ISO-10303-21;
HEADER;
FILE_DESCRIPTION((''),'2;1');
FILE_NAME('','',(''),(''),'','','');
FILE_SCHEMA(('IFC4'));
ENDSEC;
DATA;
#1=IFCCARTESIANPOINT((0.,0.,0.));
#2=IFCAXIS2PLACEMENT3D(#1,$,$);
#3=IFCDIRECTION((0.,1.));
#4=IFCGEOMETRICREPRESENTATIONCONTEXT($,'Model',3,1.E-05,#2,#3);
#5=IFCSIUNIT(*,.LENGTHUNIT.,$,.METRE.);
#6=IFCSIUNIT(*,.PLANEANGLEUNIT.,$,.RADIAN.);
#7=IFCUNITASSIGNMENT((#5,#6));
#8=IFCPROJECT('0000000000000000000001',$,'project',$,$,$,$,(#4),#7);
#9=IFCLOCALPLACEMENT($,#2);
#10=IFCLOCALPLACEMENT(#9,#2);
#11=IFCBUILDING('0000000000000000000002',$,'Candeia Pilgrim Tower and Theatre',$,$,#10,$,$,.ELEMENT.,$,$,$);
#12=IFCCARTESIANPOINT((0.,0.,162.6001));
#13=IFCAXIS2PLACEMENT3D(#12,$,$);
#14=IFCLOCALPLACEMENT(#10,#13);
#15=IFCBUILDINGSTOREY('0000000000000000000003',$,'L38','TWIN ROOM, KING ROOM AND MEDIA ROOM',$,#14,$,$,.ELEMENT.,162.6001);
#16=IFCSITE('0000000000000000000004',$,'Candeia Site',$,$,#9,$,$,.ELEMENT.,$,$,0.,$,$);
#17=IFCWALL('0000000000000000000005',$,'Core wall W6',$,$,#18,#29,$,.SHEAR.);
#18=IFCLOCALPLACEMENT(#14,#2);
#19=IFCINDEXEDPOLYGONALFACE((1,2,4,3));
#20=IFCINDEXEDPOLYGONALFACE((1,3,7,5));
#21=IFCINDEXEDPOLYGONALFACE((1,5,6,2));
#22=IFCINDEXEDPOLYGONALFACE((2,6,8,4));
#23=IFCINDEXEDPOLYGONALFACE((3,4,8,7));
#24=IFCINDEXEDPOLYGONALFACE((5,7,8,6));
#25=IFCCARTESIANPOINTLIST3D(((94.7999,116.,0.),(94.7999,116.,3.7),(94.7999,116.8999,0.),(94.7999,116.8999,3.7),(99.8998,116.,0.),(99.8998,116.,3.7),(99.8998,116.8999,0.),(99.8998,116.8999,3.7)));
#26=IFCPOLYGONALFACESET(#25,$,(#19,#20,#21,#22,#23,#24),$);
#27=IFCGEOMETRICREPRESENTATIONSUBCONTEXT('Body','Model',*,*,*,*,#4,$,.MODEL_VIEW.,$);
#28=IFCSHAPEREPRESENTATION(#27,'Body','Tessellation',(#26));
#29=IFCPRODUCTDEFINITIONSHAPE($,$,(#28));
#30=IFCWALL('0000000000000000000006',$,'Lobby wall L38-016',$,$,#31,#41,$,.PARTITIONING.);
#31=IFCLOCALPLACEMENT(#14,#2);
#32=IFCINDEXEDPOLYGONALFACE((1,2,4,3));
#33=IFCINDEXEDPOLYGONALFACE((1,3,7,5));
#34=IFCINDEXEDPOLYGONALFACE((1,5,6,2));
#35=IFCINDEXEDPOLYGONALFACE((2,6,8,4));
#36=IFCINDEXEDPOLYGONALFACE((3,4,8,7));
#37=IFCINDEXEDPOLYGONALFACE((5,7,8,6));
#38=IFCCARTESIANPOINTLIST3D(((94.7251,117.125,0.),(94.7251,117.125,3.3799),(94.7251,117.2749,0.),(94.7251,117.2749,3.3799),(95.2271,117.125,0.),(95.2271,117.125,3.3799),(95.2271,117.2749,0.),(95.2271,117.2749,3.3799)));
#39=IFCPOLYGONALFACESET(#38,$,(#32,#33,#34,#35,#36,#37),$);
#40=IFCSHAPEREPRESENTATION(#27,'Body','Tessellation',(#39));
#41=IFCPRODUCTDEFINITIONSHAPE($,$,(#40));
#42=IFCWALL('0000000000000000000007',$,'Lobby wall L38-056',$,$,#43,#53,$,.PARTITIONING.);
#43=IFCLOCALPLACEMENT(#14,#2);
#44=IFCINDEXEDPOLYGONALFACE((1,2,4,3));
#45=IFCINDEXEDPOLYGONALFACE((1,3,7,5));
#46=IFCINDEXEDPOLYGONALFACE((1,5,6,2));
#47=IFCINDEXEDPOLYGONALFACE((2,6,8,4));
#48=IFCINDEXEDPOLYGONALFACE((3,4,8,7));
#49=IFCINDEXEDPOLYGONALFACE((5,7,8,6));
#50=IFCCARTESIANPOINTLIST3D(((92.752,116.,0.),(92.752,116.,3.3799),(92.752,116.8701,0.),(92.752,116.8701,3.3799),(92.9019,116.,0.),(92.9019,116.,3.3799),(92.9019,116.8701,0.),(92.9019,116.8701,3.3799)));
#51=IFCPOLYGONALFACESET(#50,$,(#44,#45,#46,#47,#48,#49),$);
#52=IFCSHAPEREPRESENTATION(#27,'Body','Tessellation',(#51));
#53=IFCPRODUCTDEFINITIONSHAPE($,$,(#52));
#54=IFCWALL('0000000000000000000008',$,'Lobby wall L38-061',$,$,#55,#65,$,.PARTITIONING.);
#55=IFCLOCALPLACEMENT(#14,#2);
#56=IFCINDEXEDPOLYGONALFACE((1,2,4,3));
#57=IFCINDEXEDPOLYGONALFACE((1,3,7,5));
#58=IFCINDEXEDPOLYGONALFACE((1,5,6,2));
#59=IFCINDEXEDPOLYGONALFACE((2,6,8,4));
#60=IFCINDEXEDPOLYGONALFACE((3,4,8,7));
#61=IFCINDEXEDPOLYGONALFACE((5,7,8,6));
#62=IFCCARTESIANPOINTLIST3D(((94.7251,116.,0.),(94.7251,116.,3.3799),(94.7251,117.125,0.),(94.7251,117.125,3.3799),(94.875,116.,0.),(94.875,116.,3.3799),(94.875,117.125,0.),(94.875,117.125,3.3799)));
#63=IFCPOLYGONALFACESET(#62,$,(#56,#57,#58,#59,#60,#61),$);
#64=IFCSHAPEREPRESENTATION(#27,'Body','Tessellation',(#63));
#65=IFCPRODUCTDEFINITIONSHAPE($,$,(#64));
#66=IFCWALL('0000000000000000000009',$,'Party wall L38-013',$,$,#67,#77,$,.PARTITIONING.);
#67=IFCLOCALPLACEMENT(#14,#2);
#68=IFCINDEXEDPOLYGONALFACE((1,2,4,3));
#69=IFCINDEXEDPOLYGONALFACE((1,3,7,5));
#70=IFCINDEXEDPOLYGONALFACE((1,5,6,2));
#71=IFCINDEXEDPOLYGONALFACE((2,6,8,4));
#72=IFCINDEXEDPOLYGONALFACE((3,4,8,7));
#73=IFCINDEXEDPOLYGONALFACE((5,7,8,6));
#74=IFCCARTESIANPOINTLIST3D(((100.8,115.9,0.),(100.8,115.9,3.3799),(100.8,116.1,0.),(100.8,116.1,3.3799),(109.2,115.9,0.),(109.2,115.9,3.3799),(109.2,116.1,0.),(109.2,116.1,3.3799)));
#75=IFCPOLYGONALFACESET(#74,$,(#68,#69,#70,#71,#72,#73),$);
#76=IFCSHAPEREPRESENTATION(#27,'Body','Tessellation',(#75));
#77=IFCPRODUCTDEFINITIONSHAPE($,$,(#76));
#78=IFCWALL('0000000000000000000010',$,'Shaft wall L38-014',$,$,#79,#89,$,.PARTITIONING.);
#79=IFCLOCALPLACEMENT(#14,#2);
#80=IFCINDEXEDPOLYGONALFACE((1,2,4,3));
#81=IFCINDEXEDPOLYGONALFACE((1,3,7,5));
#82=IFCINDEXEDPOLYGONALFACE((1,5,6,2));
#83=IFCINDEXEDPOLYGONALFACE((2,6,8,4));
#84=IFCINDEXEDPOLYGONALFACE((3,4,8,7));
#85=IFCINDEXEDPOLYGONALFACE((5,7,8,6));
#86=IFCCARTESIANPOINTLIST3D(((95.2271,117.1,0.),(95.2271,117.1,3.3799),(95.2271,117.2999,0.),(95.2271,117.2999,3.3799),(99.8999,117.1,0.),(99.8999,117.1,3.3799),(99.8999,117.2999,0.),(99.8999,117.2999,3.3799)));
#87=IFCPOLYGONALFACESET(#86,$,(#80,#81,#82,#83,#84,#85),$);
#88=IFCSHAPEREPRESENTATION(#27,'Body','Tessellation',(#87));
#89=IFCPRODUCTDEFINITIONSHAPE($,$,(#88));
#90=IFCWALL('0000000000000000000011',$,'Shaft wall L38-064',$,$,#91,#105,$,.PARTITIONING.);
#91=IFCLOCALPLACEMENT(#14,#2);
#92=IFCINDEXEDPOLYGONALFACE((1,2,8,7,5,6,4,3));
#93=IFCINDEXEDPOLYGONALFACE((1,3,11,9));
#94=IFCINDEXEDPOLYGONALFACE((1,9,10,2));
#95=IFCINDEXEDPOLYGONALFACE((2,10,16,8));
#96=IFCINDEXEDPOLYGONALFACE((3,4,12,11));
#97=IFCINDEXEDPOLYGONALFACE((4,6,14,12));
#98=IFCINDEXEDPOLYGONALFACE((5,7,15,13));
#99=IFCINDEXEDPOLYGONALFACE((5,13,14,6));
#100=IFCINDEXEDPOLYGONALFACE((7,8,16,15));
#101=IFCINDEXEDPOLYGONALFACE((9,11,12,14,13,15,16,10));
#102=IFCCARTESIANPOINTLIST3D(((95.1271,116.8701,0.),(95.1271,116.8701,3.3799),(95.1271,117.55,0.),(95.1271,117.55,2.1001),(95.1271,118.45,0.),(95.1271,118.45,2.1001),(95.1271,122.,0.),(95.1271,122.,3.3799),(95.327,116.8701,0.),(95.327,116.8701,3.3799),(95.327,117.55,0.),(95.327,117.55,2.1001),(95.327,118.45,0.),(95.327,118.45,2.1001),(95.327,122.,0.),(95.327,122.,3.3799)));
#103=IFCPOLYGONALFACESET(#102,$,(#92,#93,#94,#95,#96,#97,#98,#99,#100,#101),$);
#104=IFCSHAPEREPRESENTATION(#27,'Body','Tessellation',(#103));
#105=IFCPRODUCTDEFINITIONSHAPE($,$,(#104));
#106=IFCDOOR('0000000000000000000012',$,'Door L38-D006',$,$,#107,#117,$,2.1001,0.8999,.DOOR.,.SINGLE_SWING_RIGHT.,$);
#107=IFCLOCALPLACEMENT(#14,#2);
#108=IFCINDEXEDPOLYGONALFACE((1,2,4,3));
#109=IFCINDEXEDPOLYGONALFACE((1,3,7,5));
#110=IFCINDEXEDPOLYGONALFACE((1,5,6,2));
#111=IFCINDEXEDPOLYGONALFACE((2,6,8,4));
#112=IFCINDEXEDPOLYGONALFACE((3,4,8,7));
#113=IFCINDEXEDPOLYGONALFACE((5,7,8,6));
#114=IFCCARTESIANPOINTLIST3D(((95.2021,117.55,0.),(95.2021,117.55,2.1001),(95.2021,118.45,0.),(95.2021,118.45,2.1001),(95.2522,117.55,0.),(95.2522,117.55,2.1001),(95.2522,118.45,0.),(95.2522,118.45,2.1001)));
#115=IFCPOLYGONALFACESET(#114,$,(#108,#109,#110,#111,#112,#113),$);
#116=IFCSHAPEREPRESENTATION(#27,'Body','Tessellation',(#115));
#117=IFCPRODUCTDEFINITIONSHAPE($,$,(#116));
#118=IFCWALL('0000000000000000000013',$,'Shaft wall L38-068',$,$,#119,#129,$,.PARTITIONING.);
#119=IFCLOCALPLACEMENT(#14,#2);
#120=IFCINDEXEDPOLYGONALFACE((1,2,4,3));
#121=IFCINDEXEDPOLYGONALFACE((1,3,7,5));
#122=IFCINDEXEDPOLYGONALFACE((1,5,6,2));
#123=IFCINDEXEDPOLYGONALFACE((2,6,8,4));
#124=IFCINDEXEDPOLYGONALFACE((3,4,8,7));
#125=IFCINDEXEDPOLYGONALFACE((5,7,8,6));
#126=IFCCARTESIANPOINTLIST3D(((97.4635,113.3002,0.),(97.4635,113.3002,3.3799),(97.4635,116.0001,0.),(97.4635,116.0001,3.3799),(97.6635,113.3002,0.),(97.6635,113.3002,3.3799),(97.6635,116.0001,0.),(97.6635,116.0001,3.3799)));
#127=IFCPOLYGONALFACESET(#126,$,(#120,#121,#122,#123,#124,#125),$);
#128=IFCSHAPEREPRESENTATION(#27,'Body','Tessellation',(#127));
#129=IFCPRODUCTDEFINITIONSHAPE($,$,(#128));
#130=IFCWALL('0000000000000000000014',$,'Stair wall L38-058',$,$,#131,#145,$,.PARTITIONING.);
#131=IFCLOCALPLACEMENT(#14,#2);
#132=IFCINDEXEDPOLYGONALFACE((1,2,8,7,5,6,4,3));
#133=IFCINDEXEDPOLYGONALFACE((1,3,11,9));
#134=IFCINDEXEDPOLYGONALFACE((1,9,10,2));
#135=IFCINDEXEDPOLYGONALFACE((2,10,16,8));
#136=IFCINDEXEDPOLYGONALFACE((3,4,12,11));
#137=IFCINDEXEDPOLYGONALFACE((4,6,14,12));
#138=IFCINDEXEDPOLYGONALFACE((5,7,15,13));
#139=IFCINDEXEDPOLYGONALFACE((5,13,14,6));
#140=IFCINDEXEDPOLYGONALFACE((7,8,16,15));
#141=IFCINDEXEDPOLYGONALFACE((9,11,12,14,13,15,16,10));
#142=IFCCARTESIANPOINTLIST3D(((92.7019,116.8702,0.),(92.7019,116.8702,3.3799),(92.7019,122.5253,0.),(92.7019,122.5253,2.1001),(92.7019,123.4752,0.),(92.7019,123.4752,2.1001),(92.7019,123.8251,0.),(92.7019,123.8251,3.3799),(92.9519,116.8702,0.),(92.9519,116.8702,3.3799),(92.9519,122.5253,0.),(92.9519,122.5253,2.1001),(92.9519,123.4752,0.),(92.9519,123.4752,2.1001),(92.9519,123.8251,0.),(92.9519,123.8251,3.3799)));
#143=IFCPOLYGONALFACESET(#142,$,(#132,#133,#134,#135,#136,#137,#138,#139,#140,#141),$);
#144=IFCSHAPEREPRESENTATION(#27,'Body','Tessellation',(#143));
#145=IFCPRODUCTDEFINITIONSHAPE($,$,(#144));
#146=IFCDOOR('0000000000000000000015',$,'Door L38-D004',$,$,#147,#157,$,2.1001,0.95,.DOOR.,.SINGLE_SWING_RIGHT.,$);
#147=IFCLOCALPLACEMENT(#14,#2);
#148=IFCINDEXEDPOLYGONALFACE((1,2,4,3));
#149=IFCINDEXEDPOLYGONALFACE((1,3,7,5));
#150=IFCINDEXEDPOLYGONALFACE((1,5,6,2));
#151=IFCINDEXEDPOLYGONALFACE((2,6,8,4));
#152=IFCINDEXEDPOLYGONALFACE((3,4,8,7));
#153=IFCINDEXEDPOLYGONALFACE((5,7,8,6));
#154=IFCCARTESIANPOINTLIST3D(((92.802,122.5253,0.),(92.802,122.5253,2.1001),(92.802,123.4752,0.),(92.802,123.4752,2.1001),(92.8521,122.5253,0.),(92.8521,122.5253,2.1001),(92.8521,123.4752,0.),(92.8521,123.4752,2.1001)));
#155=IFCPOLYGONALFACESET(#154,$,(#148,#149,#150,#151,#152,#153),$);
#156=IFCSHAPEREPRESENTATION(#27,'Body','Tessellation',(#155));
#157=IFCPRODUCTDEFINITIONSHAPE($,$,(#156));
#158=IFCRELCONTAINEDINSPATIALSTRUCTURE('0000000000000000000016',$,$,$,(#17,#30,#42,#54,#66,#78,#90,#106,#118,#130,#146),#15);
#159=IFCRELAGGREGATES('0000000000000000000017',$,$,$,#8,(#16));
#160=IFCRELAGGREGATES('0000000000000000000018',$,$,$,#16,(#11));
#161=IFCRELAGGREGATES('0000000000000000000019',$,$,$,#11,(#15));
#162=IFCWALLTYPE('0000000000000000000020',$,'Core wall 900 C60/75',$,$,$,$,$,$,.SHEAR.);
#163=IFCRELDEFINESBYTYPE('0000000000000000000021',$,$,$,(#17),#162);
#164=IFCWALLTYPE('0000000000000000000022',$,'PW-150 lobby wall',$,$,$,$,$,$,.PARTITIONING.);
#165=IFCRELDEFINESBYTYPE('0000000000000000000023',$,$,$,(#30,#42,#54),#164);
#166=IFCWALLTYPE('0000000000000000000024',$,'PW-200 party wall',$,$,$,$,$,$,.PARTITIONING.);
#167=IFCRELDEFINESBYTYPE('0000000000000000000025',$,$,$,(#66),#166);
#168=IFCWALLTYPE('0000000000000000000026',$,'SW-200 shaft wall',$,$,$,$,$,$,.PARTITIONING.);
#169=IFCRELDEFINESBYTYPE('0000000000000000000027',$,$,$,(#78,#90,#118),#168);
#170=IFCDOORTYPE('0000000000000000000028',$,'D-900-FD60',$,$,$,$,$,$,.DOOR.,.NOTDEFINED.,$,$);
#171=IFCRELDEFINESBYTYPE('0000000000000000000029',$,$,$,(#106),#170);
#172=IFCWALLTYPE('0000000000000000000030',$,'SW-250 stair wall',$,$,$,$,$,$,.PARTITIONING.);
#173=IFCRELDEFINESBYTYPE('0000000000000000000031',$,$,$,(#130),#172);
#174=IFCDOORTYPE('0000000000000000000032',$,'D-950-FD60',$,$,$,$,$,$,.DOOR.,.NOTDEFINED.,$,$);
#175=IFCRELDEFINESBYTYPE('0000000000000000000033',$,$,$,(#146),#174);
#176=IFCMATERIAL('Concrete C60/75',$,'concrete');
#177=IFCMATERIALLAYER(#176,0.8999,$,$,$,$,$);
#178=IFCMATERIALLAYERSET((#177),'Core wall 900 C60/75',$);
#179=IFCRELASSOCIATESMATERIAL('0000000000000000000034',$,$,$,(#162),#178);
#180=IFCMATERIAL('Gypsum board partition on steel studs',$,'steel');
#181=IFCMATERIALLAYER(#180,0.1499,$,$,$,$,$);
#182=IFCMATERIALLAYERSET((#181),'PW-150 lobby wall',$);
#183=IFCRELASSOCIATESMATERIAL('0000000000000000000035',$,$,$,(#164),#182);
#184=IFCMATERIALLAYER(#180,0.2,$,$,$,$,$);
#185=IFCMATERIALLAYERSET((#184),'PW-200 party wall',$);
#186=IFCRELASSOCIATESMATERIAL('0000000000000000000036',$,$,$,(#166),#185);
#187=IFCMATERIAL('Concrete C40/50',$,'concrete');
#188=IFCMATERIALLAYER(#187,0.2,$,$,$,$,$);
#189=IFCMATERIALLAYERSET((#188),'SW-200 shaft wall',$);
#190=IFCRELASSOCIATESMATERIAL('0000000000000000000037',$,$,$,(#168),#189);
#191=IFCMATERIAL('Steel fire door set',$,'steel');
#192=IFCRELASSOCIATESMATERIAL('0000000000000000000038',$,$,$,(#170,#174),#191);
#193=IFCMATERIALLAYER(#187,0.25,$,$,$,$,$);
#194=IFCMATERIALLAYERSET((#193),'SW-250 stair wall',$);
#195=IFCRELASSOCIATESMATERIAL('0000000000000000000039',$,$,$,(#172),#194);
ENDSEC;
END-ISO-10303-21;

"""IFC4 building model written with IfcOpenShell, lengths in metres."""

from ifc_helpers import new_model, si_unit, direction, frame, frame_2d, origin, place, context, subcontext, project, spatial, rectangle, extrude, material, layer, layer_set, type_object, element, fill, save


model = new_model("IFC4")

# Units and contexts
model_context = context("Model", 3, precision=1e-05, world=origin(), true_north=direction((0.0, 1.0)))
body_context = subcontext(model_context, "Body", "Model", "MODEL_VIEW")
ifc_project = project(units=[si_unit("LENGTHUNIT", "METRE"), si_unit("PLANEANGLEUNIT", "RADIAN")], contexts=[model_context])

# Site, building, storey
site_placement = place(None, origin())
site = spatial("IfcSite", under=ifc_project, at=site_placement, Name="Candeia Site", CompositionType="ELEMENT", RefElevation=0.0)
building_placement = place(site_placement, origin())
building = spatial("IfcBuilding", under=site, at=building_placement, Name="Candeia Pilgrim Tower and Theatre", CompositionType="ELEMENT")
storey_placement = place(building_placement, frame((0.0, 0.0, 162.6001)))
storey = spatial("IfcBuildingStorey", under=building, at=storey_placement, Name="L38", Description="TWIN ROOM, KING ROOM AND MEDIA ROOM", CompositionType="ELEMENT", Elevation=162.6001)

# Walls
ifc_material_1 = material(Name="Concrete C60/75", Category="concrete")
ifc_layer_1 = layer(ifc_material_1, 0.8999)
ifc_layer_set_1 = layer_set([ifc_layer_1], Name="Core wall 900 C60/75")
wall_type_1 = type_object("IfcWallType", Name="Core wall 900 C60/75", PredefinedType="SHEAR", material=ifc_layer_set_1)
wall_1_placement = place(storey_placement, frame((94.8, 116.45, 0.0), z_axis=(0.0, 0.0, 1.0), x_axis=(1.0, 0.0, 0.0)))
element("IfcWall", 1, at=wall_1_placement, inside=storey, type_object=wall_type_1, Name="Core wall W6", PredefinedType="SHEAR", context=body_context, shape_type="SweptSolid", body=[
    extrude(rectangle(XDim=5.0999, YDim=0.8999, at=frame_2d((2.5498, 0.0))), origin(), (0.0, 0.0, 1.0), 3.7),
])
ifc_material_2 = material(Name="Gypsum board partition on steel studs", Category="steel")
ifc_layer_2 = layer(ifc_material_2, 0.1499)
ifc_layer_set_2 = layer_set([ifc_layer_2], Name="PW-150 lobby wall")
wall_type_2 = type_object("IfcWallType", Name="PW-150 lobby wall", PredefinedType="PARTITIONING", material=ifc_layer_set_2)
wall_2_placement = place(storey_placement, frame((94.7251, 117.2, 0.0), z_axis=(0.0, 0.0, 1.0), x_axis=(1.0, 0.0, 0.0)))
element("IfcWall", 2, at=wall_2_placement, inside=storey, type_object=wall_type_2, Name="Lobby wall L38-016", PredefinedType="PARTITIONING", context=body_context, shape_type="SweptSolid", body=[
    extrude(rectangle(XDim=0.502, YDim=0.1499, at=frame_2d((0.251, 0.0))), origin(), (0.0, 0.0, 1.0), 3.3799),
])
wall_3_placement = place(storey_placement, frame((92.8269, 116.0, 0.0), z_axis=(0.0, 0.0, 1.0), x_axis=(0.0, 1.0, 0.0)))
element("IfcWall", 3, at=wall_3_placement, inside=storey, type_object=wall_type_2, Name="Lobby wall L38-056", PredefinedType="PARTITIONING", context=body_context, shape_type="SweptSolid", body=[
    extrude(rectangle(XDim=0.8701, YDim=0.1499, at=frame_2d((0.4351, 0.0))), origin(), (0.0, 0.0, 1.0), 3.3799),
])
wall_4_placement = place(storey_placement, frame((94.8, 116.0, 0.0), z_axis=(0.0, 0.0, 1.0), x_axis=(0.0, 1.0, 0.0)))
element("IfcWall", 4, at=wall_4_placement, inside=storey, type_object=wall_type_2, Name="Lobby wall L38-061", PredefinedType="PARTITIONING", context=body_context, shape_type="SweptSolid", body=[
    extrude(rectangle(XDim=1.125, YDim=0.1499, at=frame_2d((0.5625, 0.0))), origin(), (0.0, 0.0, 1.0), 3.3799),
])
ifc_layer_3 = layer(ifc_material_2, 0.2)
ifc_layer_set_3 = layer_set([ifc_layer_3], Name="PW-200 party wall")
wall_type_3 = type_object("IfcWallType", Name="PW-200 party wall", PredefinedType="PARTITIONING", material=ifc_layer_set_3)
wall_5_placement = place(storey_placement, frame((100.8, 116.0, 0.0), z_axis=(0.0, 0.0, 1.0), x_axis=(1.0, 0.0, 0.0)))
element("IfcWall", 5, at=wall_5_placement, inside=storey, type_object=wall_type_3, Name="Party wall L38-013", PredefinedType="PARTITIONING", context=body_context, shape_type="SweptSolid", body=[
    extrude(rectangle(XDim=8.3999, YDim=0.2, at=frame_2d((4.2, 0.0))), origin(), (0.0, 0.0, 1.0), 3.3799),
])
ifc_material_3 = material(Name="Concrete C40/50", Category="concrete")
ifc_layer_4 = layer(ifc_material_3, 0.2)
ifc_layer_set_4 = layer_set([ifc_layer_4], Name="SW-200 shaft wall")
wall_type_4 = type_object("IfcWallType", Name="SW-200 shaft wall", PredefinedType="PARTITIONING", material=ifc_layer_set_4)
wall_6_placement = place(storey_placement, frame((95.2271, 117.2, 0.0), z_axis=(0.0, 0.0, 1.0), x_axis=(1.0, 0.0, 0.0)))
element("IfcWall", 6, at=wall_6_placement, inside=storey, type_object=wall_type_4, Name="Shaft wall L38-014", PredefinedType="PARTITIONING", context=body_context, shape_type="SweptSolid", body=[
    extrude(rectangle(XDim=4.6729, YDim=0.2, at=frame_2d((2.3364, 0.0))), origin(), (0.0, 0.0, 1.0), 3.3799),
])

# Wall, opening, door
wall_7_placement = place(storey_placement, frame((95.2271, 116.8701, 0.0), z_axis=(0.0, 0.0, 1.0), x_axis=(0.0, 1.0, 0.0)))
wall_7 = element("IfcWall", 7, at=wall_7_placement, inside=storey, type_object=wall_type_4, Name="Shaft wall L38-064", PredefinedType="PARTITIONING", context=body_context, shape_type="SweptSolid", body=[
    extrude(rectangle(XDim=5.1299, YDim=0.2, at=frame_2d((2.5649, 0.0))), origin(), (0.0, 0.0, 1.0), 3.3799),
])
opening_1_placement = place(wall_7_placement, frame((0.6799, 0.0, 0.0)))
opening_1 = element("IfcOpeningElement", 8, at=opening_1_placement, cuts=wall_7, PredefinedType="OPENING", context=body_context, shape_type="SweptSolid", body=[
    extrude(rectangle(XDim=0.8999, YDim=2.1001, at=frame_2d((0.45, 1.05))), frame((0.0, 0.1099, 0.0), z_axis=(0.0, -1.0, 0.0), x_axis=(1.0, 0.0, 0.0)), (0.0, 0.0, 1.0), 0.22),
])
ifc_material_4 = material(Name="Steel fire door set", Category="steel")
door_type_1 = type_object("IfcDoorType", Name="D-900-FD60", OperationType="NOTDEFINED", PredefinedType="DOOR", material=ifc_material_4)
door_1_placement = place(opening_1_placement, origin())
door_1 = element("IfcDoor", 9, at=door_1_placement, inside=storey, type_object=door_type_1, Name="Door L38-D006", OperationType="SINGLE_SWING_RIGHT", OverallHeight=2.1001, OverallWidth=0.8999, PredefinedType="DOOR", context=body_context, shape_type="SweptSolid", body=[
    extrude(rectangle(XDim=0.8999, YDim=2.1001, at=frame_2d((0.45, 1.05))), frame((0.0, 0.0249, 0.0), z_axis=(0.0, -1.0, 0.0), x_axis=(1.0, 0.0, 0.0)), (0.0, 0.0, 1.0), 0.05),
])
fill(opening_1, door_1)

# Wall
wall_8_placement = place(storey_placement, frame((97.5635, 113.3, 0.0), z_axis=(0.0, 0.0, 1.0), x_axis=(0.0, 1.0, 0.0)))
element("IfcWall", 10, at=wall_8_placement, inside=storey, type_object=wall_type_4, Name="Shaft wall L38-068", PredefinedType="PARTITIONING", context=body_context, shape_type="SweptSolid", body=[
    extrude(rectangle(XDim=2.7, YDim=0.2, at=frame_2d((1.3501, 0.0))), origin(), (0.0, 0.0, 1.0), 3.3799),
])

# Wall, opening, door
ifc_layer_5 = layer(ifc_material_3, 0.25)
ifc_layer_set_5 = layer_set([ifc_layer_5], Name="SW-250 stair wall")
wall_type_5 = type_object("IfcWallType", Name="SW-250 stair wall", PredefinedType="PARTITIONING", material=ifc_layer_set_5)
wall_9_placement = place(storey_placement, frame((92.8269, 116.8701, 0.0), z_axis=(0.0, 0.0, 1.0), x_axis=(0.0, 1.0, 0.0)))
wall_9 = element("IfcWall", 11, at=wall_9_placement, inside=storey, type_object=wall_type_5, Name="Stair wall L38-058", PredefinedType="PARTITIONING", context=body_context, shape_type="SweptSolid", body=[
    extrude(rectangle(XDim=6.9548, YDim=0.25, at=frame_2d((3.4775, 0.0))), origin(), (0.0, 0.0, 1.0), 3.3799),
])
opening_2_placement = place(wall_9_placement, frame((5.655, 0.0, 0.0)))
opening_2 = element("IfcOpeningElement", 12, at=opening_2_placement, cuts=wall_9, PredefinedType="OPENING", context=body_context, shape_type="SweptSolid", body=[
    extrude(rectangle(XDim=0.95, YDim=2.1001, at=frame_2d((0.4751, 1.05))), frame((0.0, 0.135, 0.0), z_axis=(0.0, -1.0, 0.0), x_axis=(1.0, 0.0, 0.0)), (0.0, 0.0, 1.0), 0.27),
])
door_type_2 = type_object("IfcDoorType", Name="D-950-FD60", OperationType="NOTDEFINED", PredefinedType="DOOR", material=ifc_material_4)
door_2_placement = place(opening_2_placement, origin())
door_2 = element("IfcDoor", 13, at=door_2_placement, inside=storey, type_object=door_type_2, Name="Door L38-D004", OperationType="SINGLE_SWING_RIGHT", OverallHeight=2.1001, OverallWidth=0.95, PredefinedType="DOOR", context=body_context, shape_type="SweptSolid", body=[
    extrude(rectangle(XDim=0.95, YDim=2.1001, at=frame_2d((0.4751, 1.05))), frame((0.0, 0.0249, 0.0), z_axis=(0.0, -1.0, 0.0), x_axis=(1.0, 0.0, 0.0)), (0.0, 0.0, 1.0), 0.05),
])
fill(opening_2, door_2)

save(model, "model.ifc")
